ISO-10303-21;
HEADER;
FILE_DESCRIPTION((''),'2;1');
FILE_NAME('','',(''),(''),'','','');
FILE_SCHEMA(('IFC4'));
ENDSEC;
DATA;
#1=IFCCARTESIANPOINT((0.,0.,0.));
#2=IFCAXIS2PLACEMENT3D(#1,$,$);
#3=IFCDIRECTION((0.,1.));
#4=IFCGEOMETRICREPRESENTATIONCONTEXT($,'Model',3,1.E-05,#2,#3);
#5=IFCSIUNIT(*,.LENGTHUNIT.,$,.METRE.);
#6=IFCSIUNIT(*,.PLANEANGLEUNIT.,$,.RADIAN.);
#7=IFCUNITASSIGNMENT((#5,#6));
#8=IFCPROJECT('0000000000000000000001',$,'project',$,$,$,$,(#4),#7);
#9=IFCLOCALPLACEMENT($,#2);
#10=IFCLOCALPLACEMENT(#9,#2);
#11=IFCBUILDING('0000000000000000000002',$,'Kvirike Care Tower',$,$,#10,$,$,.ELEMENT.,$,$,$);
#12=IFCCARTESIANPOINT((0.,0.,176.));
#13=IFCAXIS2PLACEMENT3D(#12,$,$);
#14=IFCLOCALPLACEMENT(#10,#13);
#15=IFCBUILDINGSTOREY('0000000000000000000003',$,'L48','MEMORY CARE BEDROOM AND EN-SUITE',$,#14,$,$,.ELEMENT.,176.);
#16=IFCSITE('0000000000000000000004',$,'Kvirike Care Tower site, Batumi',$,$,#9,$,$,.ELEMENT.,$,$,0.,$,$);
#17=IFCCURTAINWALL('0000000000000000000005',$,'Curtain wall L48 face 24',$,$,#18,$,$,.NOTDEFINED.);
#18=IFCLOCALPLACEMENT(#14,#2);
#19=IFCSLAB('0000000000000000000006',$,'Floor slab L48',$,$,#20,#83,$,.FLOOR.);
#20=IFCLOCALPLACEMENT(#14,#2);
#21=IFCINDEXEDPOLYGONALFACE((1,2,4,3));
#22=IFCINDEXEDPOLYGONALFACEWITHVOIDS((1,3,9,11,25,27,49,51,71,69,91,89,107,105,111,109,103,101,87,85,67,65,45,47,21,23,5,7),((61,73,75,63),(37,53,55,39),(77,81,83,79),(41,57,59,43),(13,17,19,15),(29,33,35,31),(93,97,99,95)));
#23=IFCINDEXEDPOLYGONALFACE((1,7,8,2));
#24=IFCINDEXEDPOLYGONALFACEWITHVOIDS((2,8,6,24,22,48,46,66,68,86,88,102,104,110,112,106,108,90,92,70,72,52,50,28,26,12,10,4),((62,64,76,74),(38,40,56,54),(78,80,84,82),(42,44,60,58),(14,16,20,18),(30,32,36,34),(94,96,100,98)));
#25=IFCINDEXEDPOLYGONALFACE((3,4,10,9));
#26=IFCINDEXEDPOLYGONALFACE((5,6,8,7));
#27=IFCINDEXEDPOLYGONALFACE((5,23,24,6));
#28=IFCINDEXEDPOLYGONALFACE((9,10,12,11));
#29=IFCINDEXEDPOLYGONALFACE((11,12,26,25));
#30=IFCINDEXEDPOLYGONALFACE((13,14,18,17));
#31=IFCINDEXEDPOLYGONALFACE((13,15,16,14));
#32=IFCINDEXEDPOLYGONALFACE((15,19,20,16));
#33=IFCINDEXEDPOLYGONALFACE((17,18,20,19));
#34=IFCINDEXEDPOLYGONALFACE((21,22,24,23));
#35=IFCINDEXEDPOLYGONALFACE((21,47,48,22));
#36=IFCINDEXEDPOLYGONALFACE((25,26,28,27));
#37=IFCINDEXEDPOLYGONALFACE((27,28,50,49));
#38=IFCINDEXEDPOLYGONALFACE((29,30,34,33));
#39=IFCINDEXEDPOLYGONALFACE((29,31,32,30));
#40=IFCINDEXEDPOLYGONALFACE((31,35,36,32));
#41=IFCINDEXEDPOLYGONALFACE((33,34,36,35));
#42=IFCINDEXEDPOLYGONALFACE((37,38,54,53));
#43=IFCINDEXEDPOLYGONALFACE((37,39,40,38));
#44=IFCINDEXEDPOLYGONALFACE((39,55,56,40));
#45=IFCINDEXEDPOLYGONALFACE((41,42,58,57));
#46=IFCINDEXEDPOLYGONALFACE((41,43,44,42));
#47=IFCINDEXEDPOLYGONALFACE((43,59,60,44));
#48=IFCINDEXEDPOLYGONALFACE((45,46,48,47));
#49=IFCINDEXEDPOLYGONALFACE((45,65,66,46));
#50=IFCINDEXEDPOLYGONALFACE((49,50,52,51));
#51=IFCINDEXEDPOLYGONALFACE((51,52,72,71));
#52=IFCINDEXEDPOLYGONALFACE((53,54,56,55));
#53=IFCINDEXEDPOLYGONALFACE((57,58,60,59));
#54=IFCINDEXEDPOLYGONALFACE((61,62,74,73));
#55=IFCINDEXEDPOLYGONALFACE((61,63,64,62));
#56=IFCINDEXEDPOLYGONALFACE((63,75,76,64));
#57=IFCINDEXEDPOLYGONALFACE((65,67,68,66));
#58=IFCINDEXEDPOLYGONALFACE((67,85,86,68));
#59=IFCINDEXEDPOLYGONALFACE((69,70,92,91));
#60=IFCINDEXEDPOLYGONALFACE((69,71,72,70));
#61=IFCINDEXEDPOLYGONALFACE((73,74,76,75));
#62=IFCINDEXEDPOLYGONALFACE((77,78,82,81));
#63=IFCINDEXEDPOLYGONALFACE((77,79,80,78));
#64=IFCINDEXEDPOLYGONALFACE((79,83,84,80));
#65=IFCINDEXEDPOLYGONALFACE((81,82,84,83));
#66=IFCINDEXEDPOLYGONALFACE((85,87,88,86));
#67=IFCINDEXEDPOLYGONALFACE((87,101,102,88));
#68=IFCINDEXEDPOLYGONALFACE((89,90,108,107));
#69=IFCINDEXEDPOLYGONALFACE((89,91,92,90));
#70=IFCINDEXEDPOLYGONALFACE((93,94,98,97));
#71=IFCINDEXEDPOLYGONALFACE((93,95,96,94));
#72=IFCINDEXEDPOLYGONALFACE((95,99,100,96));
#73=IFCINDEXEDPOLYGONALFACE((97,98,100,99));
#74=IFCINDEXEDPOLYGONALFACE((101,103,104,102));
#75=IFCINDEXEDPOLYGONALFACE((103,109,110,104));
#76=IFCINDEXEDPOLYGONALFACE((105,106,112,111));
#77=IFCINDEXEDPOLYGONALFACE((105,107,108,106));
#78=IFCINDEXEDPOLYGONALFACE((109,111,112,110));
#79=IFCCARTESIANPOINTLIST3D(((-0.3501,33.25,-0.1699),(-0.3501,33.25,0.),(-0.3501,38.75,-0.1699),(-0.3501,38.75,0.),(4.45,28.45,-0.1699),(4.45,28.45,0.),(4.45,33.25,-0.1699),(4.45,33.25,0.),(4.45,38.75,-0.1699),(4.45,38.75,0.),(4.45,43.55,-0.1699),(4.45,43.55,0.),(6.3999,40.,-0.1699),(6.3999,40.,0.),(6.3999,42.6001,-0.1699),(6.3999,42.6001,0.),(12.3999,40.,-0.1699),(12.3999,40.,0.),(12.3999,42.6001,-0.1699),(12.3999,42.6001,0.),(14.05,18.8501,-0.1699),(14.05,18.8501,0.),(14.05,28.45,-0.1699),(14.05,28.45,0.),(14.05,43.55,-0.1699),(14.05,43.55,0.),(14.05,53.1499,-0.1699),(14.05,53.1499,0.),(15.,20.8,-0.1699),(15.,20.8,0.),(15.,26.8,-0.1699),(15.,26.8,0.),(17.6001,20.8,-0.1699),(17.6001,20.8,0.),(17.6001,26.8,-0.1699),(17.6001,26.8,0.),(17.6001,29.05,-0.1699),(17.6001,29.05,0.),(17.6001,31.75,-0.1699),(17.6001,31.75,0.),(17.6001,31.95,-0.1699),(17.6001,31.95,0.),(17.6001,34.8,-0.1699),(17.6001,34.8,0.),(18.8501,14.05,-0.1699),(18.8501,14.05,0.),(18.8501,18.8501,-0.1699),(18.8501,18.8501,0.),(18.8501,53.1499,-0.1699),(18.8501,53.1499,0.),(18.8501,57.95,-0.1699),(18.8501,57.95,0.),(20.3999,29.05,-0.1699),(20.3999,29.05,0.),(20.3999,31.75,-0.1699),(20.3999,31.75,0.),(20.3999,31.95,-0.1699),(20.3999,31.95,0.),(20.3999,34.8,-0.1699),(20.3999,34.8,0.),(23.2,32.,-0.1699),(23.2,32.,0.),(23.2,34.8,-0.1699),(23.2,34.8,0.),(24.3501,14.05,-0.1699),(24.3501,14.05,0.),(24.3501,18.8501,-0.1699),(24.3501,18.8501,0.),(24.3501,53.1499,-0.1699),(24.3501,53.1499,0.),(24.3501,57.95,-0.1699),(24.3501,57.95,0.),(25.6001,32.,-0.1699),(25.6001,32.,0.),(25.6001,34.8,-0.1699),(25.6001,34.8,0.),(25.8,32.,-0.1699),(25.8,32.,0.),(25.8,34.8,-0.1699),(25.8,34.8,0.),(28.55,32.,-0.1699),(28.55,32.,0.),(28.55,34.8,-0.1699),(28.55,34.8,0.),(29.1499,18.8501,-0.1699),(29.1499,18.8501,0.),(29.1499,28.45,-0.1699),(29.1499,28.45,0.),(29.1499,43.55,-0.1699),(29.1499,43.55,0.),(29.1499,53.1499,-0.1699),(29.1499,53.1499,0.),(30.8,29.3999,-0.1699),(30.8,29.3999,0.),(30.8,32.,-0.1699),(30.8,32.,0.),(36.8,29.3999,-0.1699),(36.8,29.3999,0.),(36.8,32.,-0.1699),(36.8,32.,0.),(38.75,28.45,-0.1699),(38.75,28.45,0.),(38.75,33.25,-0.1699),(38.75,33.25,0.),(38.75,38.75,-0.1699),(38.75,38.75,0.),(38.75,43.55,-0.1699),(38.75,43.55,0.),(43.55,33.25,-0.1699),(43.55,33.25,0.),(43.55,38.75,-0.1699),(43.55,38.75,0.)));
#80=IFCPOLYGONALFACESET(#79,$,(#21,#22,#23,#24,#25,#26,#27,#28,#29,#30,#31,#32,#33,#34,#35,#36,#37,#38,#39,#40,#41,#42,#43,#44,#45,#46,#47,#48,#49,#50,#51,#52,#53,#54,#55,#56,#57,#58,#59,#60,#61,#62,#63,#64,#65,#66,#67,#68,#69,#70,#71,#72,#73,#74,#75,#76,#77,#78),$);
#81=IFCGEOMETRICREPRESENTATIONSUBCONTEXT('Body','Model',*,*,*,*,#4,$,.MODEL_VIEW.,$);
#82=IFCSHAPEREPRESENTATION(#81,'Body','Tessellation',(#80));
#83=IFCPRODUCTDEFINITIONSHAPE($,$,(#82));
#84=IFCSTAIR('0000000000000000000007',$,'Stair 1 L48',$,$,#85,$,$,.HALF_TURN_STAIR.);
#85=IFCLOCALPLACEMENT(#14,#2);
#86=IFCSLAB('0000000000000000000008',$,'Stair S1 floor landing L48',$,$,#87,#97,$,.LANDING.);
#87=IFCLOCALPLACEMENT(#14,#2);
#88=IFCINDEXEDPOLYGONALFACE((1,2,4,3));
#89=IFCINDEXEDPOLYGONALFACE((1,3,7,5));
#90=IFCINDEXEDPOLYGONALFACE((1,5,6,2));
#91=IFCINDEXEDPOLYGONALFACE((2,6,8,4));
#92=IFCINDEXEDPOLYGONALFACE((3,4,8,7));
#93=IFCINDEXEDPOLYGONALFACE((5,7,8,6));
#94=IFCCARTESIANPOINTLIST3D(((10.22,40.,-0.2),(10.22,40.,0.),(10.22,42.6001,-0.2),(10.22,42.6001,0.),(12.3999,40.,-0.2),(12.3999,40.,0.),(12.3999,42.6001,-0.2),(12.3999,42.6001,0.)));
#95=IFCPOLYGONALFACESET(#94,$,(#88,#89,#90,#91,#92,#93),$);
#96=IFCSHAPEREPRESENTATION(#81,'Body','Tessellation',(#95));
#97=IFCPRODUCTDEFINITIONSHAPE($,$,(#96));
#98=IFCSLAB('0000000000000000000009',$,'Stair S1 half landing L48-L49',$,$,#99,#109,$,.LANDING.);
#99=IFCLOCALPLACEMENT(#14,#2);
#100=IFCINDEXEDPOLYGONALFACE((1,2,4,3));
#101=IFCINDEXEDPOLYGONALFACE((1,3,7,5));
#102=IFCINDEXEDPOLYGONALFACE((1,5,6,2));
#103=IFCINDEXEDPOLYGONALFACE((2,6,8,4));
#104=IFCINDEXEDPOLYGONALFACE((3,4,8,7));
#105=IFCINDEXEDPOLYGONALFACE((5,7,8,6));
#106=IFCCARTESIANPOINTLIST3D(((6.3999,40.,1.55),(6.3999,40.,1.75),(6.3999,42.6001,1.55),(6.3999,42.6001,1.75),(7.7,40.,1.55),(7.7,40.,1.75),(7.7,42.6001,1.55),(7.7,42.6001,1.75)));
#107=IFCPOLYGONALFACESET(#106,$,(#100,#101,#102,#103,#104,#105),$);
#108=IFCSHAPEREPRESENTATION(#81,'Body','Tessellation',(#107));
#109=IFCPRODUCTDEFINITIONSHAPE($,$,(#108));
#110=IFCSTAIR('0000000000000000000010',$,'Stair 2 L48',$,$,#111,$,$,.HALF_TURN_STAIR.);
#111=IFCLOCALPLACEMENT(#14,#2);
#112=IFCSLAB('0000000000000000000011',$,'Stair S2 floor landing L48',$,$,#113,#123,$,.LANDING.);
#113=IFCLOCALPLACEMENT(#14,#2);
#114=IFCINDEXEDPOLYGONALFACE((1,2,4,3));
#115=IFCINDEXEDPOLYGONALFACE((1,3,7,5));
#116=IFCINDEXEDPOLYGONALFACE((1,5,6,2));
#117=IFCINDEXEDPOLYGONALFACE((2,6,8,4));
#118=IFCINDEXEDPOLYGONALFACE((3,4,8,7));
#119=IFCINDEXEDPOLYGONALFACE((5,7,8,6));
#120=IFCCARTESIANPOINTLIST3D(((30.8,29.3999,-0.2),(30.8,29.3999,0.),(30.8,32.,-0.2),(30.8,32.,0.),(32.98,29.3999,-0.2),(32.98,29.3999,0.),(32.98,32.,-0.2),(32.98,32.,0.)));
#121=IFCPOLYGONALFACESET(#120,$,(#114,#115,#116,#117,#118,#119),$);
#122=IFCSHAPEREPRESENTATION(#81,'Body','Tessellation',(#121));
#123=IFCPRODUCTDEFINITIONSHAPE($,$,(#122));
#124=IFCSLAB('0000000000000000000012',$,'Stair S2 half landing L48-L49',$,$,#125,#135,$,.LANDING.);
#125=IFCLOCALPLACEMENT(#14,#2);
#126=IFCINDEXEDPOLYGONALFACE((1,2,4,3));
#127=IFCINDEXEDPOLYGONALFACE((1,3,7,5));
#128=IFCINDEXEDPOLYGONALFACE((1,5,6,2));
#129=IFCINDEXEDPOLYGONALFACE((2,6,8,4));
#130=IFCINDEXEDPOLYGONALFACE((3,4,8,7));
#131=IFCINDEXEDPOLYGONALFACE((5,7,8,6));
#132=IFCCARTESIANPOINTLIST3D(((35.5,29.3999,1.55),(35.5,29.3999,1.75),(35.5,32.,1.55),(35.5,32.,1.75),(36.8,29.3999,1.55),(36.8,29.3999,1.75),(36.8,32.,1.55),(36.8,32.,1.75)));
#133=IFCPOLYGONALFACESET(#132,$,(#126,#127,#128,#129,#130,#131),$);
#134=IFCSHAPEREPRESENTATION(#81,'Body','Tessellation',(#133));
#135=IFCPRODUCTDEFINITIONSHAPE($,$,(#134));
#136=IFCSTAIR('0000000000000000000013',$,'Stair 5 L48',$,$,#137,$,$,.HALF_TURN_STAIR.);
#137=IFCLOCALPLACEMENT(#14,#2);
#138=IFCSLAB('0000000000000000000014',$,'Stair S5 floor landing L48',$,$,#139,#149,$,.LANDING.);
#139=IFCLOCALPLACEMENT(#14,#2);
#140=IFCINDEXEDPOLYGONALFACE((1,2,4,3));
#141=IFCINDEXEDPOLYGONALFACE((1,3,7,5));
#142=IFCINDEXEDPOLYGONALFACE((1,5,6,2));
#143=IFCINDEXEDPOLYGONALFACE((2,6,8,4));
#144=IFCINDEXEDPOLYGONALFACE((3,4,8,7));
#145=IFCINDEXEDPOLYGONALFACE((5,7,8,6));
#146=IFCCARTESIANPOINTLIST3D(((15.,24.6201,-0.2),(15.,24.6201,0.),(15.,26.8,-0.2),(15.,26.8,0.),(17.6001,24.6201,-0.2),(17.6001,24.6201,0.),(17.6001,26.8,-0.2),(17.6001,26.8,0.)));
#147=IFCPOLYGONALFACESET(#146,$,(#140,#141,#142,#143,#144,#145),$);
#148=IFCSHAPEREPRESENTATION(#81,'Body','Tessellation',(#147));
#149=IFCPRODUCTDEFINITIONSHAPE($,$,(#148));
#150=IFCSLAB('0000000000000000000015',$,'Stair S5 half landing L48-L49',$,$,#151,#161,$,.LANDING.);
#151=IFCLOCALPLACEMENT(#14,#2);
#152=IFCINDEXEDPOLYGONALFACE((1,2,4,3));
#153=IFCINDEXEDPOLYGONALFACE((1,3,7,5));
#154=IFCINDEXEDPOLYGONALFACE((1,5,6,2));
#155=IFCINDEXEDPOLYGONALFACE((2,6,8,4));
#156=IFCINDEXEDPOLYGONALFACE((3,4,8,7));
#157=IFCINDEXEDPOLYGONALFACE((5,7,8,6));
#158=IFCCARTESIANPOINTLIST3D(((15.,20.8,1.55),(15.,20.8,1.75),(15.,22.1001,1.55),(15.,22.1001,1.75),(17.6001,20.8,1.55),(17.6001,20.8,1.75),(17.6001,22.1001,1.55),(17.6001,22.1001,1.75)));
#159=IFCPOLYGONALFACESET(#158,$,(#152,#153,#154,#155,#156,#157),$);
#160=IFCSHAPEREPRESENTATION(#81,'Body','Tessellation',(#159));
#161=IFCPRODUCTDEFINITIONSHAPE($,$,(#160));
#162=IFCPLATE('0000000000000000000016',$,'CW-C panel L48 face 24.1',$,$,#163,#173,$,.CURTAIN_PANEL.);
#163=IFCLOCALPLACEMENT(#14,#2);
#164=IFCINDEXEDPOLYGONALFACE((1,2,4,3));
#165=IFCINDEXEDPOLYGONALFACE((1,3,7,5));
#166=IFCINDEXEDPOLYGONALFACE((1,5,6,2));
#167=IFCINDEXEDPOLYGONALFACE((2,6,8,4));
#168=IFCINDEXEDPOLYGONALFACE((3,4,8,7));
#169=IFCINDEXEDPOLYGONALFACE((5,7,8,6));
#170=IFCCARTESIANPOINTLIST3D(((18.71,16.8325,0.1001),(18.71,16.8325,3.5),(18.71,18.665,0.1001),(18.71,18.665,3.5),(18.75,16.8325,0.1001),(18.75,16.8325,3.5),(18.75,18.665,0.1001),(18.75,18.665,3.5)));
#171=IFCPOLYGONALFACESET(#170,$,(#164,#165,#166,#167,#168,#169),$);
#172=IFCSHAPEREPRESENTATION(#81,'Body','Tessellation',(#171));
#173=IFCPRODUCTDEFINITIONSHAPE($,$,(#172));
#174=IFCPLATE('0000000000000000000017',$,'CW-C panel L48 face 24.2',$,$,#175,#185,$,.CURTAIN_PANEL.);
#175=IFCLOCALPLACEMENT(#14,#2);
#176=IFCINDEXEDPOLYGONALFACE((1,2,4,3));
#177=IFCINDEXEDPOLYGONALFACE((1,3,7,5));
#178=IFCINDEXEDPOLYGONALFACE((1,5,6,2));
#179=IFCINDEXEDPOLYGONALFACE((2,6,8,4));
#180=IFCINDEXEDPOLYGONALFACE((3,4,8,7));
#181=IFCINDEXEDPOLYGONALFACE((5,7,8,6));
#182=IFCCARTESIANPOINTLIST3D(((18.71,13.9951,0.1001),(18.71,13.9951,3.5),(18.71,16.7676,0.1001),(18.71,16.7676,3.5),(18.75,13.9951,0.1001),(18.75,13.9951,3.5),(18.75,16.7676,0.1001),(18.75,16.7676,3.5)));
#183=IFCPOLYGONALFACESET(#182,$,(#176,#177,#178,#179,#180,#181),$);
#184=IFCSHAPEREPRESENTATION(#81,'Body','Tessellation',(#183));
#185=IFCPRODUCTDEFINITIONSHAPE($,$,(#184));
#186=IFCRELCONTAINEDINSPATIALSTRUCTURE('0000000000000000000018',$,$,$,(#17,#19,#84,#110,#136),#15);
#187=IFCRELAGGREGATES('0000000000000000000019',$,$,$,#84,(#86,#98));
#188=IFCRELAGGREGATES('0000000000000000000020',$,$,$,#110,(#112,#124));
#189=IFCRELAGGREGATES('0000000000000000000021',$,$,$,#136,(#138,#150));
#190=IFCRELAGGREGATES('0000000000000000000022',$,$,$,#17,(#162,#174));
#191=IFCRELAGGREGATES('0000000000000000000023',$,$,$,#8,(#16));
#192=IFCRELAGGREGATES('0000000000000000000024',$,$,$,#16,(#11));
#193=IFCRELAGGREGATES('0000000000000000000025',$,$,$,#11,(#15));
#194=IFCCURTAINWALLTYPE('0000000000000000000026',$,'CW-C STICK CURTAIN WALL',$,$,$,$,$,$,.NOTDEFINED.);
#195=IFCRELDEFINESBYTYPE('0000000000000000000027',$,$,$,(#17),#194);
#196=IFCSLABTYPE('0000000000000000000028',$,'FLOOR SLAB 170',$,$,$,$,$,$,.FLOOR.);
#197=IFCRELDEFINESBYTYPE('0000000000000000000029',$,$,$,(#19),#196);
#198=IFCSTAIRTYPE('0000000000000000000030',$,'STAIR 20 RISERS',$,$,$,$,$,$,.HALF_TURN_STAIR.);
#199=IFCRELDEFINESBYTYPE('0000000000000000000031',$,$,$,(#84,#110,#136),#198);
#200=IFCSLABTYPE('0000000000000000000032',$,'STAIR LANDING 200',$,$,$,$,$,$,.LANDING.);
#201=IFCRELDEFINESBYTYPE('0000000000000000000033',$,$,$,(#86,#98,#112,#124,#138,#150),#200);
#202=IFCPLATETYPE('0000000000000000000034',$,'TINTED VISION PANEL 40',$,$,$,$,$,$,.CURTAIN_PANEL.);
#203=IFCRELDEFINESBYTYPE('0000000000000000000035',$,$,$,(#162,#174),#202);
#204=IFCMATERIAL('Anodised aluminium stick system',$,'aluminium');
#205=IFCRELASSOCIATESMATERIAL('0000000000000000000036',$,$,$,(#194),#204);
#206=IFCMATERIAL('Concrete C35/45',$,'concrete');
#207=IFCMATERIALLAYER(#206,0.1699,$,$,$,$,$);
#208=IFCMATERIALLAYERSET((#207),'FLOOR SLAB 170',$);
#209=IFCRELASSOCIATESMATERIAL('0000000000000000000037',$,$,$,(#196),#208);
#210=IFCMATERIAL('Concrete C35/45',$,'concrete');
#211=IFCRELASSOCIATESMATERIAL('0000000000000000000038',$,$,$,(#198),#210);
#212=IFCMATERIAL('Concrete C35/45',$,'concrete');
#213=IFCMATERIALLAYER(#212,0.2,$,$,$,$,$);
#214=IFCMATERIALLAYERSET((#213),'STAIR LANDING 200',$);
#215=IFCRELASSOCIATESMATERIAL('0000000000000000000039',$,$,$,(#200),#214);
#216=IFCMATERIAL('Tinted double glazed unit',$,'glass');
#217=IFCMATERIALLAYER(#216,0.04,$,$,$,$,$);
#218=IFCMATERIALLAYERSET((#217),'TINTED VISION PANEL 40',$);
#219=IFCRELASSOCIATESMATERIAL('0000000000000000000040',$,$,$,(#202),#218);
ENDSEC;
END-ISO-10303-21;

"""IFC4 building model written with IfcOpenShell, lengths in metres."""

from ifc_helpers import new_model, si_unit, direction, frame, origin, origin_2d, place, context, subcontext, project, spatial, polyline, rectangle, outline, extrude, material, layer, layer_set, type_object, element, aggregate, save


model = new_model("IFC4")

# Units and contexts
model_context = context("Model", 3, precision=1e-05, world=origin(), true_north=direction((0.0, 1.0)))
body_context = subcontext(model_context, "Body", "Model", "MODEL_VIEW")
ifc_project = project(units=[si_unit("LENGTHUNIT", "METRE"), si_unit("PLANEANGLEUNIT", "RADIAN")], contexts=[model_context])

# Site, building, storey
site_placement = place(None, origin())
site = spatial("IfcSite", under=ifc_project, at=site_placement, Name="Kvirike Care Tower site, Batumi", CompositionType="ELEMENT", RefElevation=0.0)
building_placement = place(site_placement, origin())
building = spatial("IfcBuilding", under=site, at=building_placement, Name="Kvirike Care Tower", CompositionType="ELEMENT")
storey_placement = place(building_placement, frame((0.0, 0.0, 176.0)))
storey = spatial("IfcBuildingStorey", under=building, at=storey_placement, Name="L48", Description="MEMORY CARE BEDROOM AND EN-SUITE", CompositionType="ELEMENT", Elevation=176.0)

# Curtain wall
ifc_material_1 = material(Name="Anodised aluminium stick system", Category="aluminium")
curtain_wall_type = type_object("IfcCurtainWallType", Name="CW-C STICK CURTAIN WALL", PredefinedType="NOTDEFINED", material=ifc_material_1)
curtain_wall_1_placement = place(storey_placement, origin())
curtain_wall_1 = element("IfcCurtainWall", 1, at=curtain_wall_1_placement, inside=storey, type_object=curtain_wall_type, Name="Curtain wall L48 face 24", PredefinedType="NOTDEFINED")

# Slab
ifc_material_2 = material(Name="Concrete C35/45", Category="concrete")
ifc_layer_1 = layer(ifc_material_2, 0.1699)
ifc_layer_set_1 = layer_set([ifc_layer_1], Name="FLOOR SLAB 170")
slab_type_1 = type_object("IfcSlabType", Name="FLOOR SLAB 170", PredefinedType="FLOOR", material=ifc_layer_set_1)
slab_1_placement = place(storey_placement, frame((0.0, 0.0, -0.1699)))
element("IfcSlab", 2, at=slab_1_placement, inside=storey, type_object=slab_type_1, Name="Floor slab L48", PredefinedType="FLOOR", context=body_context, shape_type="SweptSolid", body=[
    extrude(outline(polyline([(29.1499, 28.45), (38.75, 28.45), (38.75, 33.25), (43.55, 33.25), (43.55, 38.75), (38.75, 38.75), (38.75, 43.55), (29.1499, 43.55), (29.1499, 53.1499), (24.3501, 53.1499), (24.3501, 57.95), (18.8501, 57.95), (18.8501, 53.1499), (14.05, 53.1499), (14.05, 43.55), (4.45, 43.55), (4.45, 38.75), (-0.3501, 38.75), (-0.3501, 33.25), (4.45, 33.25), (4.45, 28.45), (14.05, 28.45), (14.05, 18.8501), (18.8501, 18.8501), (18.8501, 14.05), (24.3501, 14.05), (24.3501, 18.8501), (29.1499, 18.8501), (29.1499, 28.45)]), holes=[polyline([(17.6001, 29.05), (17.6001, 31.75), (20.3999, 31.75), (20.3999, 29.05), (17.6001, 29.05)]), polyline([(17.6001, 31.95), (17.6001, 34.8), (20.3999, 34.8), (20.3999, 31.95), (17.6001, 31.95)]), polyline([(23.2, 32.0), (23.2, 34.8), (25.6001, 34.8), (25.6001, 32.0), (23.2, 32.0)]), polyline([(25.8, 32.0), (25.8, 34.8), (28.55, 34.8), (28.55, 32.0), (25.8, 32.0)]), polyline([(12.3999, 42.6001), (12.3999, 40.0), (6.3999, 40.0), (6.3999, 42.6001), (12.3999, 42.6001)]), polyline([(30.8, 29.3999), (30.8, 32.0), (36.8, 32.0), (36.8, 29.3999), (30.8, 29.3999)]), polyline([(15.0, 26.8), (17.6001, 26.8), (17.6001, 20.8), (15.0, 20.8), (15.0, 26.8)])]), origin(), (0.0, 0.0, 1.0), 0.1699),
])

# Stairs, slabs
ifc_material_3 = material(Name="Concrete C35/45", Category="concrete")
stair_type = type_object("IfcStairType", Name="STAIR 20 RISERS", PredefinedType="HALF_TURN_STAIR", material=ifc_material_3)
stair_1_placement = place(storey_placement, origin())
stair_1 = element("IfcStair", 3, at=stair_1_placement, inside=storey, type_object=stair_type, Name="Stair 1 L48", PredefinedType="HALF_TURN_STAIR")
ifc_material_4 = material(Name="Concrete C35/45", Category="concrete")
ifc_layer_2 = layer(ifc_material_4, 0.2)
ifc_layer_set_2 = layer_set([ifc_layer_2], Name="STAIR LANDING 200")
slab_type_2 = type_object("IfcSlabType", Name="STAIR LANDING 200", PredefinedType="LANDING", material=ifc_layer_set_2)
slab_2_placement = place(storey_placement, frame((0.0, 0.0, -0.2)))
slab_2 = element("IfcSlab", 4, at=slab_2_placement, type_object=slab_type_2, Name="Stair S1 floor landing L48", PredefinedType="LANDING", context=body_context, shape_type="SweptSolid", body=[
    extrude(outline(polyline([(10.22, 42.6001), (10.22, 40.0), (12.3999, 40.0), (12.3999, 42.6001), (10.22, 42.6001)])), origin(), (0.0, 0.0, 1.0), 0.2),
])
slab_3_placement = place(storey_placement, frame((0.0, 0.0, 1.55)))
slab_3 = element("IfcSlab", 5, at=slab_3_placement, type_object=slab_type_2, Name="Stair S1 half landing L48-L49", PredefinedType="LANDING", context=body_context, shape_type="SweptSolid", body=[
    extrude(outline(polyline([(6.3999, 42.6001), (6.3999, 40.0), (7.7, 40.0), (7.7, 42.6001), (6.3999, 42.6001)])), origin(), (0.0, 0.0, 1.0), 0.2),
])
aggregate(stair_1, [slab_2, slab_3])
stair_2_placement = place(storey_placement, origin())
stair_2 = element("IfcStair", 6, at=stair_2_placement, inside=storey, type_object=stair_type, Name="Stair 2 L48", PredefinedType="HALF_TURN_STAIR")
slab_4_placement = place(storey_placement, frame((0.0, 0.0, -0.2)))
slab_4 = element("IfcSlab", 7, at=slab_4_placement, type_object=slab_type_2, Name="Stair S2 floor landing L48", PredefinedType="LANDING", context=body_context, shape_type="SweptSolid", body=[
    extrude(outline(polyline([(32.98, 29.3999), (32.98, 32.0), (30.8, 32.0), (30.8, 29.3999), (32.98, 29.3999)])), origin(), (0.0, 0.0, 1.0), 0.2),
])
slab_5_placement = place(storey_placement, frame((0.0, 0.0, 1.55)))
slab_5 = element("IfcSlab", 8, at=slab_5_placement, type_object=slab_type_2, Name="Stair S2 half landing L48-L49", PredefinedType="LANDING", context=body_context, shape_type="SweptSolid", body=[
    extrude(outline(polyline([(36.8, 29.3999), (36.8, 32.0), (35.5, 32.0), (35.5, 29.3999), (36.8, 29.3999)])), origin(), (0.0, 0.0, 1.0), 0.2),
])
aggregate(stair_2, [slab_4, slab_5])
stair_3_placement = place(storey_placement, origin())
stair_3 = element("IfcStair", 9, at=stair_3_placement, inside=storey, type_object=stair_type, Name="Stair 5 L48", PredefinedType="HALF_TURN_STAIR")
slab_6_placement = place(storey_placement, frame((0.0, 0.0, -0.2)))
slab_6 = element("IfcSlab", 10, at=slab_6_placement, type_object=slab_type_2, Name="Stair S5 floor landing L48", PredefinedType="LANDING", context=body_context, shape_type="SweptSolid", body=[
    extrude(outline(polyline([(15.0, 24.6201), (17.6001, 24.6201), (17.6001, 26.8), (15.0, 26.8), (15.0, 24.6201)])), origin(), (0.0, 0.0, 1.0), 0.2),
])
slab_7_placement = place(storey_placement, frame((0.0, 0.0, 1.55)))
slab_7 = element("IfcSlab", 11, at=slab_7_placement, type_object=slab_type_2, Name="Stair S5 half landing L48-L49", PredefinedType="LANDING", context=body_context, shape_type="SweptSolid", body=[
    extrude(outline(polyline([(15.0, 20.8), (17.6001, 20.8), (17.6001, 22.1001), (15.0, 22.1001), (15.0, 20.8)])), origin(), (0.0, 0.0, 1.0), 0.2),
])
aggregate(stair_3, [slab_6, slab_7])

# Plates
ifc_material_5 = material(Name="Tinted double glazed unit", Category="glass")
ifc_layer_3 = layer(ifc_material_5, 0.04)
ifc_layer_set_3 = layer_set([ifc_layer_3], Name="TINTED VISION PANEL 40")
plate_type = type_object("IfcPlateType", Name="TINTED VISION PANEL 40", PredefinedType="CURTAIN_PANEL", material=ifc_layer_set_3)
plate_1_placement = place(storey_placement, frame((18.73, 17.7488, 0.1001), z_axis=(0.0, 0.0, 1.0), x_axis=(0.0, -1.0, 0.0)))
plate_1 = element("IfcPlate", 12, at=plate_1_placement, type_object=plate_type, Name="CW-C panel L48 face 24.1", PredefinedType="CURTAIN_PANEL", context=body_context, shape_type="SweptSolid", body=[
    extrude(rectangle(XDim=1.8325, YDim=0.04, at=origin_2d()), origin(), (0.0, 0.0, 1.0), 3.3999),
])
plate_2_placement = place(storey_placement, frame((18.73, 15.3813, 0.1001), z_axis=(0.0, 0.0, 1.0), x_axis=(0.0, -1.0, 0.0)))
plate_2 = element("IfcPlate", 13, at=plate_2_placement, type_object=plate_type, Name="CW-C panel L48 face 24.2", PredefinedType="CURTAIN_PANEL", context=body_context, shape_type="SweptSolid", body=[
    extrude(rectangle(XDim=2.7725, YDim=0.04, at=origin_2d()), origin(), (0.0, 0.0, 1.0), 3.3999),
])
aggregate(curtain_wall_1, [plate_1, plate_2])

save(model, "model.ifc")
